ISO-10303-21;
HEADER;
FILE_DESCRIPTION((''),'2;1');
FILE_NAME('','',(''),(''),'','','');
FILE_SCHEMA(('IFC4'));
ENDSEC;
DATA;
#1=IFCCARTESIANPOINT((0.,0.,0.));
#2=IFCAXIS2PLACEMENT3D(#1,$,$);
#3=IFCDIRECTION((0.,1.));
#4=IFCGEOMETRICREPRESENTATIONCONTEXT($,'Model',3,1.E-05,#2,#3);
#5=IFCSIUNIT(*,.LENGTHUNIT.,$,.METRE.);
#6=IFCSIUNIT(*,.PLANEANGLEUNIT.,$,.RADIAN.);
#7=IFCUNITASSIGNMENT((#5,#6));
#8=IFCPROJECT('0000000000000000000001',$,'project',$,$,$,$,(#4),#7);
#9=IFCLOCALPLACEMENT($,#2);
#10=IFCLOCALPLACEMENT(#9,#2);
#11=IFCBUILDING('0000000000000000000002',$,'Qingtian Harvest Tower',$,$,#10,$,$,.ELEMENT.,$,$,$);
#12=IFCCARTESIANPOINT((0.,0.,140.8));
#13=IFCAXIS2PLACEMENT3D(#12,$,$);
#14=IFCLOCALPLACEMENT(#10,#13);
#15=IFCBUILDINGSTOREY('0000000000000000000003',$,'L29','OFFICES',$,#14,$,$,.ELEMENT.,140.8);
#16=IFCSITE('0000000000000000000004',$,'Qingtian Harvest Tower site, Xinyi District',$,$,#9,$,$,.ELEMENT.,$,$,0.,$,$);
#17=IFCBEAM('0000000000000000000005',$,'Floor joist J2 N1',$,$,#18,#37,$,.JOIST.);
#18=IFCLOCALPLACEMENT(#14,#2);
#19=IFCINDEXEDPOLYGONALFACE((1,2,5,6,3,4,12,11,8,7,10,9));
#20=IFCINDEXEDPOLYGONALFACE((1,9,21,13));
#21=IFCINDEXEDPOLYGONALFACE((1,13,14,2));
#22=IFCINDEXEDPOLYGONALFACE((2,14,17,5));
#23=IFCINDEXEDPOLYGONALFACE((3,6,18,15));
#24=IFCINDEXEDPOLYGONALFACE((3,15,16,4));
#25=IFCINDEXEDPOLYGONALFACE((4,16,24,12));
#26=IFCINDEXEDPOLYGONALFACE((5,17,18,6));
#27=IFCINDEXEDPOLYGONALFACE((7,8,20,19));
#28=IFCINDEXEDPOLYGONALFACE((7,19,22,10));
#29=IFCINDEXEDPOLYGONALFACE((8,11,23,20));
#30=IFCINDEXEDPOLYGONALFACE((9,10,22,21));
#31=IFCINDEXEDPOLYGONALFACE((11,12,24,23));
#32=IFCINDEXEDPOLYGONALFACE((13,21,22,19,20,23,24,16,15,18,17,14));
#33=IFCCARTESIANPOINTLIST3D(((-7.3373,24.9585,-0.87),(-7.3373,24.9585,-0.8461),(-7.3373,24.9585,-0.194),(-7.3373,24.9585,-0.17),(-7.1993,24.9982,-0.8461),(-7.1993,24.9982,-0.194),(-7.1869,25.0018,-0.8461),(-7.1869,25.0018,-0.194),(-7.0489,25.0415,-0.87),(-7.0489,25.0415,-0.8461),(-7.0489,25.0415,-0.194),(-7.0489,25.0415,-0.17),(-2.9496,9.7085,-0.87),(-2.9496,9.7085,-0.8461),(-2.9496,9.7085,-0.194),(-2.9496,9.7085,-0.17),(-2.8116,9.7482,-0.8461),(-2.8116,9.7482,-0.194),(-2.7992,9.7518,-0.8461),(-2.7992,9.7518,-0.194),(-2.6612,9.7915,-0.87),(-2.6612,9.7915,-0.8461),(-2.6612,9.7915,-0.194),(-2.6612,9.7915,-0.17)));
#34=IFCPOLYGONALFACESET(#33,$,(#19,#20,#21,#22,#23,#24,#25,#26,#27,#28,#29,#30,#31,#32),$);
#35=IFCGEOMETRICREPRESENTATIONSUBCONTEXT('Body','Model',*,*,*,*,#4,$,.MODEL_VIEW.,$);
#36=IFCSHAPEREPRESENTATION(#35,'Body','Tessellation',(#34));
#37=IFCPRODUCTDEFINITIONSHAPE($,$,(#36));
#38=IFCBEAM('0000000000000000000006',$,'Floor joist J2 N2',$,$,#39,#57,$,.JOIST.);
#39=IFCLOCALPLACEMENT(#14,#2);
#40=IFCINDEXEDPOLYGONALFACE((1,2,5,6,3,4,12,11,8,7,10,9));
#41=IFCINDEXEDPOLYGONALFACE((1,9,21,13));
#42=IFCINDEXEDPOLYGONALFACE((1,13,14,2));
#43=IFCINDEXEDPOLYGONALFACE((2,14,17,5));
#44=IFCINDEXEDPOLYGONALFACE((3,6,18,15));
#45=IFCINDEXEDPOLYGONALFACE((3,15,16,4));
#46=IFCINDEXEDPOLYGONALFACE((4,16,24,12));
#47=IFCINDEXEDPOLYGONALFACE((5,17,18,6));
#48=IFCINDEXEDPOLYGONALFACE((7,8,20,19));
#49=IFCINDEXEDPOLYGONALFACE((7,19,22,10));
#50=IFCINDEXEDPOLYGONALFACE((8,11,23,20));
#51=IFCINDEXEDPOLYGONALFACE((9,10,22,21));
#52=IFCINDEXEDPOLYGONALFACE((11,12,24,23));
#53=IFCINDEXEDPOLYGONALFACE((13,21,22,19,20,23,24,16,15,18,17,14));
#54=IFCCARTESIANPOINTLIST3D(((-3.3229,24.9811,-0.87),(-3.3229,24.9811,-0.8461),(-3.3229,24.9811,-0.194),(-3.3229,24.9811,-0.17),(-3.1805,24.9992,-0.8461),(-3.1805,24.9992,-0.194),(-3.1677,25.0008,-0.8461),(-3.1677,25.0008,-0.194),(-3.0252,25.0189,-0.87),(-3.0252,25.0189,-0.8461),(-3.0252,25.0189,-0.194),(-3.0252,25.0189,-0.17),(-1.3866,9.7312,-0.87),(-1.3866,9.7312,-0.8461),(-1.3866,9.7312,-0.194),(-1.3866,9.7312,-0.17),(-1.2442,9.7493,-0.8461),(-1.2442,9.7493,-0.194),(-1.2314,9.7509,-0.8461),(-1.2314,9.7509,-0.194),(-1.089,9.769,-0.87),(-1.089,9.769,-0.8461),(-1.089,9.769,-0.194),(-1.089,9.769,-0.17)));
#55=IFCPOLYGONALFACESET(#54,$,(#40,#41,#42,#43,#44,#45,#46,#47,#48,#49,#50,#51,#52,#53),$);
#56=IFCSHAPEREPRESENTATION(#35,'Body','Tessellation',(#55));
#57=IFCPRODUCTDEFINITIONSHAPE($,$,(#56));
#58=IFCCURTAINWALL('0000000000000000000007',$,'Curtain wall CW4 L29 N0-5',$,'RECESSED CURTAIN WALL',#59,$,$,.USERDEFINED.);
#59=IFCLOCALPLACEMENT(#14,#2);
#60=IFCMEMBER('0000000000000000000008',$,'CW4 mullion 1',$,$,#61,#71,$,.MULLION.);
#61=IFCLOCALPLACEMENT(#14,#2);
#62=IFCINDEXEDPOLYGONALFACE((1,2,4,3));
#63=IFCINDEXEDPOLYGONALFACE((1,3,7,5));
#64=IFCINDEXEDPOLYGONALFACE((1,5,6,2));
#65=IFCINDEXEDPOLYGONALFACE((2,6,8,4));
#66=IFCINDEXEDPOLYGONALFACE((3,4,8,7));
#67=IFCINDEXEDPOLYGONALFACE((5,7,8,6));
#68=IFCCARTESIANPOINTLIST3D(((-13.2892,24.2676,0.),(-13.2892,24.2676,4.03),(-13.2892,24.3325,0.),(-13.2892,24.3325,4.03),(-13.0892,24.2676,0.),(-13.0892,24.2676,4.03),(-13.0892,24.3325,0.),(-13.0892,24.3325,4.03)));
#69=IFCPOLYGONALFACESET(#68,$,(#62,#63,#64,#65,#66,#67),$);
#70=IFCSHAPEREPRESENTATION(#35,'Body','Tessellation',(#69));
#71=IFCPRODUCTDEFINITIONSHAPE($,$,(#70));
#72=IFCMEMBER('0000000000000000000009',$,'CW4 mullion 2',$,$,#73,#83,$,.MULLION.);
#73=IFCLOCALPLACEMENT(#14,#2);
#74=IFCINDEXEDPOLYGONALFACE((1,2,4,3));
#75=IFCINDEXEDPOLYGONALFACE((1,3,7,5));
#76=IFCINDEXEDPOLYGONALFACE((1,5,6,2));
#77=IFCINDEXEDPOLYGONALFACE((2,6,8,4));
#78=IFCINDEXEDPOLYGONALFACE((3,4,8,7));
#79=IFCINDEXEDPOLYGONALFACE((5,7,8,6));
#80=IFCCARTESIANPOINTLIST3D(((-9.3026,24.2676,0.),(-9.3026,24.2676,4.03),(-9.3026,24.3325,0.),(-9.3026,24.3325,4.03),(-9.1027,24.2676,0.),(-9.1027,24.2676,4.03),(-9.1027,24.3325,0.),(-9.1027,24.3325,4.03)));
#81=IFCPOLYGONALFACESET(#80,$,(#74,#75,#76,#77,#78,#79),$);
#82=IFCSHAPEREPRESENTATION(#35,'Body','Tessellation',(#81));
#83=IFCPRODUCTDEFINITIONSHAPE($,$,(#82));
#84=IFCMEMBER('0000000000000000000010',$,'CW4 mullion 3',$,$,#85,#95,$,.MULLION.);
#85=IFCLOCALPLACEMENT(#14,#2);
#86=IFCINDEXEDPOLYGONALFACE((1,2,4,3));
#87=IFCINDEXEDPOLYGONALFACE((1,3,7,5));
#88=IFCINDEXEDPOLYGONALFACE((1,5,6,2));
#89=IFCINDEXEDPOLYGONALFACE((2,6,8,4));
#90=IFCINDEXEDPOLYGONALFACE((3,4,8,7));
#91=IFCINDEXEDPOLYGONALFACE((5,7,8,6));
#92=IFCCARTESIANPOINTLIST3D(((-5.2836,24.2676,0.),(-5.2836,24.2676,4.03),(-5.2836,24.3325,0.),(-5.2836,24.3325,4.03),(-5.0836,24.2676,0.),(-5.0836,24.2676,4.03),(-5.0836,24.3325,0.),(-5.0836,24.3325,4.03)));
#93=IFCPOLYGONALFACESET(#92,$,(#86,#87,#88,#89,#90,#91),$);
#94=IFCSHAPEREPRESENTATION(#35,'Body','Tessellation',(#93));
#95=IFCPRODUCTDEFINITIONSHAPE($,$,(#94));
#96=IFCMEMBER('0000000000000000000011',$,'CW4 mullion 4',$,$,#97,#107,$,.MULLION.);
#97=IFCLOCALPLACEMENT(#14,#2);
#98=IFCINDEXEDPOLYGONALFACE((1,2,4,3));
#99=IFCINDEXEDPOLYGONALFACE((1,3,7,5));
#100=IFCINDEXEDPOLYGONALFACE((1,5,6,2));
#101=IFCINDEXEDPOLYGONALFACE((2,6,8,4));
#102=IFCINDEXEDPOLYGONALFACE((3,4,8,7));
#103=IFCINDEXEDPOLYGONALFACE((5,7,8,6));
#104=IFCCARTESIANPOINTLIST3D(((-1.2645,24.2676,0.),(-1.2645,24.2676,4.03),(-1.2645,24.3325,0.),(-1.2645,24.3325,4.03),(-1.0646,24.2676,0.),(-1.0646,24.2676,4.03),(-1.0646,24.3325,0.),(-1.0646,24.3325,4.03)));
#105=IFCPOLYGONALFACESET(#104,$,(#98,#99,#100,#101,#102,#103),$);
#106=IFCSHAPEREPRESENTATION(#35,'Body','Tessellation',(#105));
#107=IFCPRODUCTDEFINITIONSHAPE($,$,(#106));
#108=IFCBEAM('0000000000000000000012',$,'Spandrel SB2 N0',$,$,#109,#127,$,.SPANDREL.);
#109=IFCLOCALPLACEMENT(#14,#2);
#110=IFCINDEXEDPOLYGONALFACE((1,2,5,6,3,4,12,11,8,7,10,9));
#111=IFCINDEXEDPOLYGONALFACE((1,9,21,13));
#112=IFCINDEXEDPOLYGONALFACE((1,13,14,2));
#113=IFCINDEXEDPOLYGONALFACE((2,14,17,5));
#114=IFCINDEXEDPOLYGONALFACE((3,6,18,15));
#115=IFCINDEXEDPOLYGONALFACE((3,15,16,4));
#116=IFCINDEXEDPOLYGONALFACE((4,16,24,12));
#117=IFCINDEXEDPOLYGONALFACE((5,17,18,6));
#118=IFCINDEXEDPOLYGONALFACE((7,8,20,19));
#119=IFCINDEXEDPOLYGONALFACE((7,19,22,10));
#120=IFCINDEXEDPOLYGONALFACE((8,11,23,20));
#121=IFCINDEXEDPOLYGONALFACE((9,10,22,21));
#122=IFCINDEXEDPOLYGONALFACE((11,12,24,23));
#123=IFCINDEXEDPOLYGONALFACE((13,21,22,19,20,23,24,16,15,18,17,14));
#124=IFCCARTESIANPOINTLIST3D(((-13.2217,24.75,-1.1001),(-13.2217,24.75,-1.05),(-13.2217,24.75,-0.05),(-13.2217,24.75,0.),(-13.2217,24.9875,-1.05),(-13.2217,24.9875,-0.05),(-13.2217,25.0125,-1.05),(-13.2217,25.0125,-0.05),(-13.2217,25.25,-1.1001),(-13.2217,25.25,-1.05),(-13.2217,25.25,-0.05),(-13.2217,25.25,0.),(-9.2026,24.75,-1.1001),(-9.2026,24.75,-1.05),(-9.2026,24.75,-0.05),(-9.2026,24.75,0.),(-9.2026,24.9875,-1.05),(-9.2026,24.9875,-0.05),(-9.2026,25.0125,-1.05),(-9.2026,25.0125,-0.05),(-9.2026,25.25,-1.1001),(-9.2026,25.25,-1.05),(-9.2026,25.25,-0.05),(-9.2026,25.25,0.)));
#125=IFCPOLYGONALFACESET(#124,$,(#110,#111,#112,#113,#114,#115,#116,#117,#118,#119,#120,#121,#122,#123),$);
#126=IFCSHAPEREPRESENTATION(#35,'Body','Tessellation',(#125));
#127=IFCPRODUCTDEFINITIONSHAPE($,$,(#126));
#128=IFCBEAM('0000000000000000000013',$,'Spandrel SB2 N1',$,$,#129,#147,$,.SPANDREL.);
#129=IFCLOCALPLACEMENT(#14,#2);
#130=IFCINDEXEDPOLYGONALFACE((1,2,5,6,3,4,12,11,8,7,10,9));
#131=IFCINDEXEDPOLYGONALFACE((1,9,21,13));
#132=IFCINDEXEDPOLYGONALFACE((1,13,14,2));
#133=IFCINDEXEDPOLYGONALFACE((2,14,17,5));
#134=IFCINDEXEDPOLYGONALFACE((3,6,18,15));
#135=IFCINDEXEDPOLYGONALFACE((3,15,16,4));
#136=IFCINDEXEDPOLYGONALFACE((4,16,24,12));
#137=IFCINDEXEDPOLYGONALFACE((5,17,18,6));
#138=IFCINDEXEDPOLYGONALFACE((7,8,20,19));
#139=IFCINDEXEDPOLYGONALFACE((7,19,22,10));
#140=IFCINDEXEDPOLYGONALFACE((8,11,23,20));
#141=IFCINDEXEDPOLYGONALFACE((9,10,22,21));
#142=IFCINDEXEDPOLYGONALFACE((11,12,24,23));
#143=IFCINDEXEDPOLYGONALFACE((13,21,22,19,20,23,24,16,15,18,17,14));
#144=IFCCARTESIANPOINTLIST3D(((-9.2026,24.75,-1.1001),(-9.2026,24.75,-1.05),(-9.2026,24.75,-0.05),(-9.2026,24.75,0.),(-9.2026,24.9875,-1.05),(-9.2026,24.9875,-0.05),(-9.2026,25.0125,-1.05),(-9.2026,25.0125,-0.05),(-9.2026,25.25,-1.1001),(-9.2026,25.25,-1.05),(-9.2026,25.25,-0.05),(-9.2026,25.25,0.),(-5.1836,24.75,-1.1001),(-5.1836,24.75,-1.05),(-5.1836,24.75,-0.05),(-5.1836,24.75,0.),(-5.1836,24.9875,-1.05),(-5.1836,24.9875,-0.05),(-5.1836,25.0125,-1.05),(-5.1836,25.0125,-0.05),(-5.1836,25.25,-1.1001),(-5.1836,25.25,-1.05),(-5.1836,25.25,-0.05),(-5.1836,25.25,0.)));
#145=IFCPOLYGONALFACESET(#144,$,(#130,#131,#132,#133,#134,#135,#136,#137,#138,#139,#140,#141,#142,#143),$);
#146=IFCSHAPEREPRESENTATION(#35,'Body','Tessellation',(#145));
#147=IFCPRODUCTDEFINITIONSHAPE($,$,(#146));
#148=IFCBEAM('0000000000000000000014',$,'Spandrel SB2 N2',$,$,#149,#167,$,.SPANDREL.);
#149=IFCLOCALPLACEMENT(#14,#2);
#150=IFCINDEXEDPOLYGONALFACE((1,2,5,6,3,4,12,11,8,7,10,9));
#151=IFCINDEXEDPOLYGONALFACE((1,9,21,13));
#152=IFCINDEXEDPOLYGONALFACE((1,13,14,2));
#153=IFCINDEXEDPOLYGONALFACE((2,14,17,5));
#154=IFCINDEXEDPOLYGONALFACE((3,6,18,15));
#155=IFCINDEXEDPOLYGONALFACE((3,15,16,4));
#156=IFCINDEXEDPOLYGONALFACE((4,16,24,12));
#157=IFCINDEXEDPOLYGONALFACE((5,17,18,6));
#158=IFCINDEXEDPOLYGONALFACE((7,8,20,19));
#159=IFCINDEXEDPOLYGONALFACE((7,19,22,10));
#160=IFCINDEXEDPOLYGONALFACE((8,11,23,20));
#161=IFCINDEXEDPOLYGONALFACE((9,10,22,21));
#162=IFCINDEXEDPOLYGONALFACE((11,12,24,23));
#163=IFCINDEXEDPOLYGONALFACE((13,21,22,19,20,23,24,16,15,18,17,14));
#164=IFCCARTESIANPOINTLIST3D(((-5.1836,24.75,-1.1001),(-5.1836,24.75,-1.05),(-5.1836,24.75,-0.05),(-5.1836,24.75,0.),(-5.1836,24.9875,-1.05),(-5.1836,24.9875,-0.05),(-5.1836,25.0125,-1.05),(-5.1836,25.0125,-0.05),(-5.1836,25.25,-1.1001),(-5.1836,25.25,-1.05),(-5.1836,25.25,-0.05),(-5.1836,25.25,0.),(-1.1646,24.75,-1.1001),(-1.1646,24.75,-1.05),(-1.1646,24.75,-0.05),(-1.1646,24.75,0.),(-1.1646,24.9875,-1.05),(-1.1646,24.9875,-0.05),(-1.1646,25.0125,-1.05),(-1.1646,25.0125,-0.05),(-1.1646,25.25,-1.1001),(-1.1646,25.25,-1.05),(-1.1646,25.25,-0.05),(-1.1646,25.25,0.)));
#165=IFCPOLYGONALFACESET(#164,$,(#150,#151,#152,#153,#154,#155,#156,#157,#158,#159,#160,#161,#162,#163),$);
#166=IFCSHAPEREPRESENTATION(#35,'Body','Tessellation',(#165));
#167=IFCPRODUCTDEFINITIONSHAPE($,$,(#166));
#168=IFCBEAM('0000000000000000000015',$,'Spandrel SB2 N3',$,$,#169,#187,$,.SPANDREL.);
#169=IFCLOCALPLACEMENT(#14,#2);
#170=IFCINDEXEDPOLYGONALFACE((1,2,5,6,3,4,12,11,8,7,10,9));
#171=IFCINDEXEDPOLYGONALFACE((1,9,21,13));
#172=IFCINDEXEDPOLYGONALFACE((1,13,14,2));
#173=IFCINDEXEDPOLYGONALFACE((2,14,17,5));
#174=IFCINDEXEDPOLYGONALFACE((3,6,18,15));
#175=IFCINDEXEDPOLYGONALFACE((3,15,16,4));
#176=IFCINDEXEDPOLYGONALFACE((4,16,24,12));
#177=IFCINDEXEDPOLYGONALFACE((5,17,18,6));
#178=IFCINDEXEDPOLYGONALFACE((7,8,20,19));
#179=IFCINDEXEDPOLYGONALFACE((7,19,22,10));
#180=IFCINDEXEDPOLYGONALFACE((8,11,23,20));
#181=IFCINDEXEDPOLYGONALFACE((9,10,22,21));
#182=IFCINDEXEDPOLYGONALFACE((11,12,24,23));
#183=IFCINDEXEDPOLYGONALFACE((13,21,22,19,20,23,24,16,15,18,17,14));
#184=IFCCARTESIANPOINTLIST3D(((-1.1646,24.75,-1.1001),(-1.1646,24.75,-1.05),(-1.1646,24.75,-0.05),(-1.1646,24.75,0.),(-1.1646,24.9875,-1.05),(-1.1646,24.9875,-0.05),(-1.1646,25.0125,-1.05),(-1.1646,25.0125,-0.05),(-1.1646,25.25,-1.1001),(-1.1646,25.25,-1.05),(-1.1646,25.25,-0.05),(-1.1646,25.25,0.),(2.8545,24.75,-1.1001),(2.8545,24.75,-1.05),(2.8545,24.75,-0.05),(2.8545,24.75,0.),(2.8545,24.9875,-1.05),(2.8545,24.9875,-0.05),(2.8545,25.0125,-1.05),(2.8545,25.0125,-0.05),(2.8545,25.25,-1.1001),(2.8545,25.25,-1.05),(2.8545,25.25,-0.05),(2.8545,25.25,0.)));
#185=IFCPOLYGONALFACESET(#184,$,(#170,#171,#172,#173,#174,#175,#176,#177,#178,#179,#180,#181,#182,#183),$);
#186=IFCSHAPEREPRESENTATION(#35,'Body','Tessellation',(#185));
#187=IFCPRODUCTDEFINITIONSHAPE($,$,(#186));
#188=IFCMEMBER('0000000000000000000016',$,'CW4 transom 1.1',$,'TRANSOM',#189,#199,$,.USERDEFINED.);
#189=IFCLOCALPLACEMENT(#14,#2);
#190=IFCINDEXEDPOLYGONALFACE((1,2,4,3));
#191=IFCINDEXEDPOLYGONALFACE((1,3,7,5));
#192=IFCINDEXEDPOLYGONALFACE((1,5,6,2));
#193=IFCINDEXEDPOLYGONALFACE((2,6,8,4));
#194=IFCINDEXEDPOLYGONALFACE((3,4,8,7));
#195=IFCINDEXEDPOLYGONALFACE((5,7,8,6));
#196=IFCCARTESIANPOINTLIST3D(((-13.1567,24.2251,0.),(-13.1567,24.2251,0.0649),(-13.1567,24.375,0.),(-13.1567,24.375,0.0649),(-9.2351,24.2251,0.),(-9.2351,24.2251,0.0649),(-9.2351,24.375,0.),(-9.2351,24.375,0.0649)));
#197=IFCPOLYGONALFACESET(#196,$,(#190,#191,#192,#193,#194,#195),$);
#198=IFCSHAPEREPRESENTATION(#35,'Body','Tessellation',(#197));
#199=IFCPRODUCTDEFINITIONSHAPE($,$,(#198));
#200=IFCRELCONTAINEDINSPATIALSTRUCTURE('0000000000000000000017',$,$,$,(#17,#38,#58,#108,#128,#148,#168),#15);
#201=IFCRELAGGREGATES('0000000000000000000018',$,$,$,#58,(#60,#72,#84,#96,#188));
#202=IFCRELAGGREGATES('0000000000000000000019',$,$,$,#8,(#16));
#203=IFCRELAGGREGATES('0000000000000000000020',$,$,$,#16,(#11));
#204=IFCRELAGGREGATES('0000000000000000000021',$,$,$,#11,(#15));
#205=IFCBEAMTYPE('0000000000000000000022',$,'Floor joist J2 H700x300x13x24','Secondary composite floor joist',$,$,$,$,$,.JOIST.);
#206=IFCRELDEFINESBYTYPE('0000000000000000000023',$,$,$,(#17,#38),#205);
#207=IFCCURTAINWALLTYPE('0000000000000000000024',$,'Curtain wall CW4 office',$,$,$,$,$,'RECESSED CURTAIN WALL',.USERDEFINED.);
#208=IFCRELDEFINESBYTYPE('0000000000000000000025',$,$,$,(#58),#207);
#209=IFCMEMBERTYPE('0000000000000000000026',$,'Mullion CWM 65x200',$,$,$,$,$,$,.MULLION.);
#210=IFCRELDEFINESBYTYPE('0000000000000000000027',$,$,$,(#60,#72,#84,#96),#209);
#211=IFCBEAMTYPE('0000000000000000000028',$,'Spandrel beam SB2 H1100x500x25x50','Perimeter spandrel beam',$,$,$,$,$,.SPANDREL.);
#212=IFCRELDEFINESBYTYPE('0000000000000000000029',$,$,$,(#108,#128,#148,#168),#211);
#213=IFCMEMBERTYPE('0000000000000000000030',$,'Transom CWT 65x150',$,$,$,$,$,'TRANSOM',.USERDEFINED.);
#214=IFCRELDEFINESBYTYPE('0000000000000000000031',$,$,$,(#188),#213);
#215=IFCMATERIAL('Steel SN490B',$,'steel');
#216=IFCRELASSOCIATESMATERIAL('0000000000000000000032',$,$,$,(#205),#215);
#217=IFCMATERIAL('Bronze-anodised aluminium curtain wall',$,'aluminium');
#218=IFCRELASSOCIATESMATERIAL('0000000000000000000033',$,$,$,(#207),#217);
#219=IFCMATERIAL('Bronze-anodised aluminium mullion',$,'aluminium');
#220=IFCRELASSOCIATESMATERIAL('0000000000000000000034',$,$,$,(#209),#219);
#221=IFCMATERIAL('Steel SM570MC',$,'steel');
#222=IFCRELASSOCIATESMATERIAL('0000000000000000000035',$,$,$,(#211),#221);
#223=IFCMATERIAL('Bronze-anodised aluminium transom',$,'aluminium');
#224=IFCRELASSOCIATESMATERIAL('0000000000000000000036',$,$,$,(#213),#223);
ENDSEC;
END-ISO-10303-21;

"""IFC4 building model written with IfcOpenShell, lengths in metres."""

from ifc_helpers import new_model, si_unit, direction, frame, origin, origin_2d, place, context, subcontext, project, spatial, rectangle, i_section, extrude, material, material_profile, profile_set, type_object, element, aggregate, save


model = new_model("IFC4")

# Units and contexts
model_context = context("Model", 3, precision=1e-05, world=origin(), true_north=direction((0.0, 1.0)))
body_context = subcontext(model_context, "Body", "Model", "MODEL_VIEW")
ifc_project = project(units=[si_unit("LENGTHUNIT", "METRE"), si_unit("PLANEANGLEUNIT", "RADIAN")], contexts=[model_context])

# Site, building, storey
site_placement = place(None, origin())
site = spatial("IfcSite", under=ifc_project, at=site_placement, Name="Qingtian Harvest Tower site, Xinyi District", CompositionType="ELEMENT", RefElevation=0.0)
building_placement = place(site_placement, origin())
building = spatial("IfcBuilding", under=site, at=building_placement, Name="Qingtian Harvest Tower", CompositionType="ELEMENT")
storey_placement = place(building_placement, frame((0.0, 0.0, 140.8)))
storey = spatial("IfcBuildingStorey", under=building, at=storey_placement, Name="L29", Description="OFFICES", CompositionType="ELEMENT", Elevation=140.8)

# Beams
ifc_material_1 = material(Name="Steel SN490B", Category="steel")
ifc_material_profile_1 = material_profile(ifc_material_1, i_section(OverallWidth=0.3, OverallDepth=0.7, WebThickness=0.0129, FlangeThickness=0.0239, at=origin_2d()), Name="H700x300x13x24")
ifc_profile_set_1 = profile_set([ifc_material_profile_1], Name="Steel SN490B")
beam_type_1 = type_object("IfcBeamType", Name="Floor joist J2 H700x300x13x24", Description="Secondary composite floor joist", PredefinedType="JOIST", material=ifc_profile_set_1)
beam_1_placement = place(storey_placement, frame((-7.1931, 25.0, -0.52), z_axis=(0.276501, -0.961014, 0.0), x_axis=(0.961014, 0.276501, 0.0)))
element("IfcBeam", 1, at=beam_1_placement, inside=storey, type_object=beam_type_1, Name="Floor joist J2 N1", PredefinedType="JOIST", context=body_context, shape_type="SweptSolid", body=[
    extrude(i_section(OverallWidth=0.3, OverallDepth=0.7, WebThickness=0.0129, FlangeThickness=0.0239, at=origin_2d()), origin(), (0.0, 0.0, 1.0), 15.8687),
])
beam_2_placement = place(storey_placement, frame((-3.1741, 25.0, -0.52), z_axis=(0.125958, -0.992036, 0.0), x_axis=(0.992036, 0.125958, 0.0)))
element("IfcBeam", 2, at=beam_2_placement, inside=storey, type_object=beam_type_1, Name="Floor joist J2 N2", PredefinedType="JOIST", context=body_context, shape_type="SweptSolid", body=[
    extrude(i_section(OverallWidth=0.3, OverallDepth=0.7, WebThickness=0.0129, FlangeThickness=0.0239, at=origin_2d()), origin(), (0.0, 0.0, 1.0), 15.3723),
])

# Curtain wall, members
ifc_material_2 = material(Name="Bronze-anodised aluminium curtain wall", Category="aluminium")
curtain_wall_type = type_object("IfcCurtainWallType", Name="Curtain wall CW4 office", ElementType="RECESSED CURTAIN WALL", PredefinedType="USERDEFINED", material=ifc_material_2)
curtain_wall_placement = place(storey_placement, origin())
curtain_wall = element("IfcCurtainWall", 3, at=curtain_wall_placement, inside=storey, type_object=curtain_wall_type, Name="Curtain wall CW4 L29 N0-5", ObjectType="RECESSED CURTAIN WALL", PredefinedType="USERDEFINED")
ifc_material_3 = material(Name="Bronze-anodised aluminium mullion", Category="aluminium")
ifc_material_profile_2 = material_profile(ifc_material_3, rectangle(XDim=0.0649, YDim=0.2, at=origin_2d()), Name="AL 65x200")
ifc_profile_set_2 = profile_set([ifc_material_profile_2], Name="Bronze-anodised aluminium mullion")
member_type_1 = type_object("IfcMemberType", Name="Mullion CWM 65x200", PredefinedType="MULLION", material=ifc_profile_set_2)
member_1_placement = place(storey_placement, frame((-13.1892, 24.3, 0.0), z_axis=(0.0, 0.0, 1.0), x_axis=(0.0, 1.0, 0.0)))
member_1 = element("IfcMember", 4, at=member_1_placement, type_object=member_type_1, Name="CW4 mullion 1", PredefinedType="MULLION", context=body_context, shape_type="SweptSolid", body=[
    extrude(rectangle(XDim=0.0649, YDim=0.2, at=origin_2d()), origin(), (0.0, 0.0, 1.0), 4.03),
])
member_2_placement = place(storey_placement, frame((-9.2026, 24.3, 0.0), z_axis=(0.0, 0.0, 1.0), x_axis=(0.0, 1.0, 0.0)))
member_2 = element("IfcMember", 5, at=member_2_placement, type_object=member_type_1, Name="CW4 mullion 2", PredefinedType="MULLION", context=body_context, shape_type="SweptSolid", body=[
    extrude(rectangle(XDim=0.0649, YDim=0.2, at=origin_2d()), origin(), (0.0, 0.0, 1.0), 4.03),
])
member_3_placement = place(storey_placement, frame((-5.1836, 24.3, 0.0), z_axis=(0.0, 0.0, 1.0), x_axis=(0.0, 1.0, 0.0)))
member_3 = element("IfcMember", 6, at=member_3_placement, type_object=member_type_1, Name="CW4 mullion 3", PredefinedType="MULLION", context=body_context, shape_type="SweptSolid", body=[
    extrude(rectangle(XDim=0.0649, YDim=0.2, at=origin_2d()), origin(), (0.0, 0.0, 1.0), 4.03),
])
member_4_placement = place(storey_placement, frame((-1.1646, 24.3, 0.0), z_axis=(0.0, 0.0, 1.0), x_axis=(0.0, 1.0, 0.0)))
member_4 = element("IfcMember", 7, at=member_4_placement, type_object=member_type_1, Name="CW4 mullion 4", PredefinedType="MULLION", context=body_context, shape_type="SweptSolid", body=[
    extrude(rectangle(XDim=0.0649, YDim=0.2, at=origin_2d()), origin(), (0.0, 0.0, 1.0), 4.03),
])

# Beams
ifc_material_4 = material(Name="Steel SM570MC", Category="steel")
ifc_material_profile_3 = material_profile(ifc_material_4, i_section(OverallWidth=0.5, OverallDepth=1.1001, WebThickness=0.0249, FlangeThickness=0.05, at=origin_2d()), Name="H1100x500x25x50")
ifc_profile_set_3 = profile_set([ifc_material_profile_3], Name="Steel SM570MC")
beam_type_2 = type_object("IfcBeamType", Name="Spandrel beam SB2 H1100x500x25x50", Description="Perimeter spandrel beam", PredefinedType="SPANDREL", material=ifc_profile_set_3)
for number, where, z_axis, x_axis, name in (
    (8, (-13.2217, 25.0, -0.55), (1.0, 0.0, 0.0), (0.0, 1.0, 0.0), "Spandrel SB2 N0"),
    (9, (-9.2026, 25.0, -0.55), (1.0, 0.0, 0.0), (0.0, 1.0, 0.0), "Spandrel SB2 N1"),
    (10, (-5.1836, 25.0, -0.55), (1.0, 0.0, 0.0), (0.0, 1.0, 0.0), "Spandrel SB2 N2"),
    (11, (-1.1646, 25.0, -0.55), (1.0, 0.0, 0.0), (0.0, 1.0, 0.0), "Spandrel SB2 N3"),
):
    element("IfcBeam", number, at=place(storey_placement, frame(where, z_axis=z_axis, x_axis=x_axis)), inside=storey, type_object=beam_type_2, Name=name, PredefinedType="SPANDREL", context=body_context, shape_type="SweptSolid", body=[
        extrude(i_section(OverallWidth=0.5, OverallDepth=1.1001, WebThickness=0.0249, FlangeThickness=0.05, at=origin_2d()), origin(), (0.0, 0.0, 1.0), 4.019),
    ])

# Member
ifc_material_5 = material(Name="Bronze-anodised aluminium transom", Category="aluminium")
ifc_material_profile_4 = material_profile(ifc_material_5, rectangle(XDim=0.1499, YDim=0.0649, at=origin_2d()), Name="AL 65x150")
ifc_profile_set_4 = profile_set([ifc_material_profile_4], Name="Bronze-anodised aluminium transom")
member_type_2 = type_object("IfcMemberType", Name="Transom CWT 65x150", ElementType="TRANSOM", PredefinedType="USERDEFINED", material=ifc_profile_set_4)
member_5_placement = place(storey_placement, frame((-13.1567, 24.3, 0.0325), z_axis=(1.0, 0.0, 0.0), x_axis=(0.0, 1.0, 0.0)))
member_5 = element("IfcMember", 12, at=member_5_placement, type_object=member_type_2, Name="CW4 transom 1.1", ObjectType="TRANSOM", PredefinedType="USERDEFINED", context=body_context, shape_type="SweptSolid", body=[
    extrude(rectangle(XDim=0.1499, YDim=0.0649, at=origin_2d()), origin(), (0.0, 0.0, 1.0), 3.9216),
])

aggregate(curtain_wall, [member_1, member_2, member_3, member_4, member_5])

save(model, "model.ifc")
